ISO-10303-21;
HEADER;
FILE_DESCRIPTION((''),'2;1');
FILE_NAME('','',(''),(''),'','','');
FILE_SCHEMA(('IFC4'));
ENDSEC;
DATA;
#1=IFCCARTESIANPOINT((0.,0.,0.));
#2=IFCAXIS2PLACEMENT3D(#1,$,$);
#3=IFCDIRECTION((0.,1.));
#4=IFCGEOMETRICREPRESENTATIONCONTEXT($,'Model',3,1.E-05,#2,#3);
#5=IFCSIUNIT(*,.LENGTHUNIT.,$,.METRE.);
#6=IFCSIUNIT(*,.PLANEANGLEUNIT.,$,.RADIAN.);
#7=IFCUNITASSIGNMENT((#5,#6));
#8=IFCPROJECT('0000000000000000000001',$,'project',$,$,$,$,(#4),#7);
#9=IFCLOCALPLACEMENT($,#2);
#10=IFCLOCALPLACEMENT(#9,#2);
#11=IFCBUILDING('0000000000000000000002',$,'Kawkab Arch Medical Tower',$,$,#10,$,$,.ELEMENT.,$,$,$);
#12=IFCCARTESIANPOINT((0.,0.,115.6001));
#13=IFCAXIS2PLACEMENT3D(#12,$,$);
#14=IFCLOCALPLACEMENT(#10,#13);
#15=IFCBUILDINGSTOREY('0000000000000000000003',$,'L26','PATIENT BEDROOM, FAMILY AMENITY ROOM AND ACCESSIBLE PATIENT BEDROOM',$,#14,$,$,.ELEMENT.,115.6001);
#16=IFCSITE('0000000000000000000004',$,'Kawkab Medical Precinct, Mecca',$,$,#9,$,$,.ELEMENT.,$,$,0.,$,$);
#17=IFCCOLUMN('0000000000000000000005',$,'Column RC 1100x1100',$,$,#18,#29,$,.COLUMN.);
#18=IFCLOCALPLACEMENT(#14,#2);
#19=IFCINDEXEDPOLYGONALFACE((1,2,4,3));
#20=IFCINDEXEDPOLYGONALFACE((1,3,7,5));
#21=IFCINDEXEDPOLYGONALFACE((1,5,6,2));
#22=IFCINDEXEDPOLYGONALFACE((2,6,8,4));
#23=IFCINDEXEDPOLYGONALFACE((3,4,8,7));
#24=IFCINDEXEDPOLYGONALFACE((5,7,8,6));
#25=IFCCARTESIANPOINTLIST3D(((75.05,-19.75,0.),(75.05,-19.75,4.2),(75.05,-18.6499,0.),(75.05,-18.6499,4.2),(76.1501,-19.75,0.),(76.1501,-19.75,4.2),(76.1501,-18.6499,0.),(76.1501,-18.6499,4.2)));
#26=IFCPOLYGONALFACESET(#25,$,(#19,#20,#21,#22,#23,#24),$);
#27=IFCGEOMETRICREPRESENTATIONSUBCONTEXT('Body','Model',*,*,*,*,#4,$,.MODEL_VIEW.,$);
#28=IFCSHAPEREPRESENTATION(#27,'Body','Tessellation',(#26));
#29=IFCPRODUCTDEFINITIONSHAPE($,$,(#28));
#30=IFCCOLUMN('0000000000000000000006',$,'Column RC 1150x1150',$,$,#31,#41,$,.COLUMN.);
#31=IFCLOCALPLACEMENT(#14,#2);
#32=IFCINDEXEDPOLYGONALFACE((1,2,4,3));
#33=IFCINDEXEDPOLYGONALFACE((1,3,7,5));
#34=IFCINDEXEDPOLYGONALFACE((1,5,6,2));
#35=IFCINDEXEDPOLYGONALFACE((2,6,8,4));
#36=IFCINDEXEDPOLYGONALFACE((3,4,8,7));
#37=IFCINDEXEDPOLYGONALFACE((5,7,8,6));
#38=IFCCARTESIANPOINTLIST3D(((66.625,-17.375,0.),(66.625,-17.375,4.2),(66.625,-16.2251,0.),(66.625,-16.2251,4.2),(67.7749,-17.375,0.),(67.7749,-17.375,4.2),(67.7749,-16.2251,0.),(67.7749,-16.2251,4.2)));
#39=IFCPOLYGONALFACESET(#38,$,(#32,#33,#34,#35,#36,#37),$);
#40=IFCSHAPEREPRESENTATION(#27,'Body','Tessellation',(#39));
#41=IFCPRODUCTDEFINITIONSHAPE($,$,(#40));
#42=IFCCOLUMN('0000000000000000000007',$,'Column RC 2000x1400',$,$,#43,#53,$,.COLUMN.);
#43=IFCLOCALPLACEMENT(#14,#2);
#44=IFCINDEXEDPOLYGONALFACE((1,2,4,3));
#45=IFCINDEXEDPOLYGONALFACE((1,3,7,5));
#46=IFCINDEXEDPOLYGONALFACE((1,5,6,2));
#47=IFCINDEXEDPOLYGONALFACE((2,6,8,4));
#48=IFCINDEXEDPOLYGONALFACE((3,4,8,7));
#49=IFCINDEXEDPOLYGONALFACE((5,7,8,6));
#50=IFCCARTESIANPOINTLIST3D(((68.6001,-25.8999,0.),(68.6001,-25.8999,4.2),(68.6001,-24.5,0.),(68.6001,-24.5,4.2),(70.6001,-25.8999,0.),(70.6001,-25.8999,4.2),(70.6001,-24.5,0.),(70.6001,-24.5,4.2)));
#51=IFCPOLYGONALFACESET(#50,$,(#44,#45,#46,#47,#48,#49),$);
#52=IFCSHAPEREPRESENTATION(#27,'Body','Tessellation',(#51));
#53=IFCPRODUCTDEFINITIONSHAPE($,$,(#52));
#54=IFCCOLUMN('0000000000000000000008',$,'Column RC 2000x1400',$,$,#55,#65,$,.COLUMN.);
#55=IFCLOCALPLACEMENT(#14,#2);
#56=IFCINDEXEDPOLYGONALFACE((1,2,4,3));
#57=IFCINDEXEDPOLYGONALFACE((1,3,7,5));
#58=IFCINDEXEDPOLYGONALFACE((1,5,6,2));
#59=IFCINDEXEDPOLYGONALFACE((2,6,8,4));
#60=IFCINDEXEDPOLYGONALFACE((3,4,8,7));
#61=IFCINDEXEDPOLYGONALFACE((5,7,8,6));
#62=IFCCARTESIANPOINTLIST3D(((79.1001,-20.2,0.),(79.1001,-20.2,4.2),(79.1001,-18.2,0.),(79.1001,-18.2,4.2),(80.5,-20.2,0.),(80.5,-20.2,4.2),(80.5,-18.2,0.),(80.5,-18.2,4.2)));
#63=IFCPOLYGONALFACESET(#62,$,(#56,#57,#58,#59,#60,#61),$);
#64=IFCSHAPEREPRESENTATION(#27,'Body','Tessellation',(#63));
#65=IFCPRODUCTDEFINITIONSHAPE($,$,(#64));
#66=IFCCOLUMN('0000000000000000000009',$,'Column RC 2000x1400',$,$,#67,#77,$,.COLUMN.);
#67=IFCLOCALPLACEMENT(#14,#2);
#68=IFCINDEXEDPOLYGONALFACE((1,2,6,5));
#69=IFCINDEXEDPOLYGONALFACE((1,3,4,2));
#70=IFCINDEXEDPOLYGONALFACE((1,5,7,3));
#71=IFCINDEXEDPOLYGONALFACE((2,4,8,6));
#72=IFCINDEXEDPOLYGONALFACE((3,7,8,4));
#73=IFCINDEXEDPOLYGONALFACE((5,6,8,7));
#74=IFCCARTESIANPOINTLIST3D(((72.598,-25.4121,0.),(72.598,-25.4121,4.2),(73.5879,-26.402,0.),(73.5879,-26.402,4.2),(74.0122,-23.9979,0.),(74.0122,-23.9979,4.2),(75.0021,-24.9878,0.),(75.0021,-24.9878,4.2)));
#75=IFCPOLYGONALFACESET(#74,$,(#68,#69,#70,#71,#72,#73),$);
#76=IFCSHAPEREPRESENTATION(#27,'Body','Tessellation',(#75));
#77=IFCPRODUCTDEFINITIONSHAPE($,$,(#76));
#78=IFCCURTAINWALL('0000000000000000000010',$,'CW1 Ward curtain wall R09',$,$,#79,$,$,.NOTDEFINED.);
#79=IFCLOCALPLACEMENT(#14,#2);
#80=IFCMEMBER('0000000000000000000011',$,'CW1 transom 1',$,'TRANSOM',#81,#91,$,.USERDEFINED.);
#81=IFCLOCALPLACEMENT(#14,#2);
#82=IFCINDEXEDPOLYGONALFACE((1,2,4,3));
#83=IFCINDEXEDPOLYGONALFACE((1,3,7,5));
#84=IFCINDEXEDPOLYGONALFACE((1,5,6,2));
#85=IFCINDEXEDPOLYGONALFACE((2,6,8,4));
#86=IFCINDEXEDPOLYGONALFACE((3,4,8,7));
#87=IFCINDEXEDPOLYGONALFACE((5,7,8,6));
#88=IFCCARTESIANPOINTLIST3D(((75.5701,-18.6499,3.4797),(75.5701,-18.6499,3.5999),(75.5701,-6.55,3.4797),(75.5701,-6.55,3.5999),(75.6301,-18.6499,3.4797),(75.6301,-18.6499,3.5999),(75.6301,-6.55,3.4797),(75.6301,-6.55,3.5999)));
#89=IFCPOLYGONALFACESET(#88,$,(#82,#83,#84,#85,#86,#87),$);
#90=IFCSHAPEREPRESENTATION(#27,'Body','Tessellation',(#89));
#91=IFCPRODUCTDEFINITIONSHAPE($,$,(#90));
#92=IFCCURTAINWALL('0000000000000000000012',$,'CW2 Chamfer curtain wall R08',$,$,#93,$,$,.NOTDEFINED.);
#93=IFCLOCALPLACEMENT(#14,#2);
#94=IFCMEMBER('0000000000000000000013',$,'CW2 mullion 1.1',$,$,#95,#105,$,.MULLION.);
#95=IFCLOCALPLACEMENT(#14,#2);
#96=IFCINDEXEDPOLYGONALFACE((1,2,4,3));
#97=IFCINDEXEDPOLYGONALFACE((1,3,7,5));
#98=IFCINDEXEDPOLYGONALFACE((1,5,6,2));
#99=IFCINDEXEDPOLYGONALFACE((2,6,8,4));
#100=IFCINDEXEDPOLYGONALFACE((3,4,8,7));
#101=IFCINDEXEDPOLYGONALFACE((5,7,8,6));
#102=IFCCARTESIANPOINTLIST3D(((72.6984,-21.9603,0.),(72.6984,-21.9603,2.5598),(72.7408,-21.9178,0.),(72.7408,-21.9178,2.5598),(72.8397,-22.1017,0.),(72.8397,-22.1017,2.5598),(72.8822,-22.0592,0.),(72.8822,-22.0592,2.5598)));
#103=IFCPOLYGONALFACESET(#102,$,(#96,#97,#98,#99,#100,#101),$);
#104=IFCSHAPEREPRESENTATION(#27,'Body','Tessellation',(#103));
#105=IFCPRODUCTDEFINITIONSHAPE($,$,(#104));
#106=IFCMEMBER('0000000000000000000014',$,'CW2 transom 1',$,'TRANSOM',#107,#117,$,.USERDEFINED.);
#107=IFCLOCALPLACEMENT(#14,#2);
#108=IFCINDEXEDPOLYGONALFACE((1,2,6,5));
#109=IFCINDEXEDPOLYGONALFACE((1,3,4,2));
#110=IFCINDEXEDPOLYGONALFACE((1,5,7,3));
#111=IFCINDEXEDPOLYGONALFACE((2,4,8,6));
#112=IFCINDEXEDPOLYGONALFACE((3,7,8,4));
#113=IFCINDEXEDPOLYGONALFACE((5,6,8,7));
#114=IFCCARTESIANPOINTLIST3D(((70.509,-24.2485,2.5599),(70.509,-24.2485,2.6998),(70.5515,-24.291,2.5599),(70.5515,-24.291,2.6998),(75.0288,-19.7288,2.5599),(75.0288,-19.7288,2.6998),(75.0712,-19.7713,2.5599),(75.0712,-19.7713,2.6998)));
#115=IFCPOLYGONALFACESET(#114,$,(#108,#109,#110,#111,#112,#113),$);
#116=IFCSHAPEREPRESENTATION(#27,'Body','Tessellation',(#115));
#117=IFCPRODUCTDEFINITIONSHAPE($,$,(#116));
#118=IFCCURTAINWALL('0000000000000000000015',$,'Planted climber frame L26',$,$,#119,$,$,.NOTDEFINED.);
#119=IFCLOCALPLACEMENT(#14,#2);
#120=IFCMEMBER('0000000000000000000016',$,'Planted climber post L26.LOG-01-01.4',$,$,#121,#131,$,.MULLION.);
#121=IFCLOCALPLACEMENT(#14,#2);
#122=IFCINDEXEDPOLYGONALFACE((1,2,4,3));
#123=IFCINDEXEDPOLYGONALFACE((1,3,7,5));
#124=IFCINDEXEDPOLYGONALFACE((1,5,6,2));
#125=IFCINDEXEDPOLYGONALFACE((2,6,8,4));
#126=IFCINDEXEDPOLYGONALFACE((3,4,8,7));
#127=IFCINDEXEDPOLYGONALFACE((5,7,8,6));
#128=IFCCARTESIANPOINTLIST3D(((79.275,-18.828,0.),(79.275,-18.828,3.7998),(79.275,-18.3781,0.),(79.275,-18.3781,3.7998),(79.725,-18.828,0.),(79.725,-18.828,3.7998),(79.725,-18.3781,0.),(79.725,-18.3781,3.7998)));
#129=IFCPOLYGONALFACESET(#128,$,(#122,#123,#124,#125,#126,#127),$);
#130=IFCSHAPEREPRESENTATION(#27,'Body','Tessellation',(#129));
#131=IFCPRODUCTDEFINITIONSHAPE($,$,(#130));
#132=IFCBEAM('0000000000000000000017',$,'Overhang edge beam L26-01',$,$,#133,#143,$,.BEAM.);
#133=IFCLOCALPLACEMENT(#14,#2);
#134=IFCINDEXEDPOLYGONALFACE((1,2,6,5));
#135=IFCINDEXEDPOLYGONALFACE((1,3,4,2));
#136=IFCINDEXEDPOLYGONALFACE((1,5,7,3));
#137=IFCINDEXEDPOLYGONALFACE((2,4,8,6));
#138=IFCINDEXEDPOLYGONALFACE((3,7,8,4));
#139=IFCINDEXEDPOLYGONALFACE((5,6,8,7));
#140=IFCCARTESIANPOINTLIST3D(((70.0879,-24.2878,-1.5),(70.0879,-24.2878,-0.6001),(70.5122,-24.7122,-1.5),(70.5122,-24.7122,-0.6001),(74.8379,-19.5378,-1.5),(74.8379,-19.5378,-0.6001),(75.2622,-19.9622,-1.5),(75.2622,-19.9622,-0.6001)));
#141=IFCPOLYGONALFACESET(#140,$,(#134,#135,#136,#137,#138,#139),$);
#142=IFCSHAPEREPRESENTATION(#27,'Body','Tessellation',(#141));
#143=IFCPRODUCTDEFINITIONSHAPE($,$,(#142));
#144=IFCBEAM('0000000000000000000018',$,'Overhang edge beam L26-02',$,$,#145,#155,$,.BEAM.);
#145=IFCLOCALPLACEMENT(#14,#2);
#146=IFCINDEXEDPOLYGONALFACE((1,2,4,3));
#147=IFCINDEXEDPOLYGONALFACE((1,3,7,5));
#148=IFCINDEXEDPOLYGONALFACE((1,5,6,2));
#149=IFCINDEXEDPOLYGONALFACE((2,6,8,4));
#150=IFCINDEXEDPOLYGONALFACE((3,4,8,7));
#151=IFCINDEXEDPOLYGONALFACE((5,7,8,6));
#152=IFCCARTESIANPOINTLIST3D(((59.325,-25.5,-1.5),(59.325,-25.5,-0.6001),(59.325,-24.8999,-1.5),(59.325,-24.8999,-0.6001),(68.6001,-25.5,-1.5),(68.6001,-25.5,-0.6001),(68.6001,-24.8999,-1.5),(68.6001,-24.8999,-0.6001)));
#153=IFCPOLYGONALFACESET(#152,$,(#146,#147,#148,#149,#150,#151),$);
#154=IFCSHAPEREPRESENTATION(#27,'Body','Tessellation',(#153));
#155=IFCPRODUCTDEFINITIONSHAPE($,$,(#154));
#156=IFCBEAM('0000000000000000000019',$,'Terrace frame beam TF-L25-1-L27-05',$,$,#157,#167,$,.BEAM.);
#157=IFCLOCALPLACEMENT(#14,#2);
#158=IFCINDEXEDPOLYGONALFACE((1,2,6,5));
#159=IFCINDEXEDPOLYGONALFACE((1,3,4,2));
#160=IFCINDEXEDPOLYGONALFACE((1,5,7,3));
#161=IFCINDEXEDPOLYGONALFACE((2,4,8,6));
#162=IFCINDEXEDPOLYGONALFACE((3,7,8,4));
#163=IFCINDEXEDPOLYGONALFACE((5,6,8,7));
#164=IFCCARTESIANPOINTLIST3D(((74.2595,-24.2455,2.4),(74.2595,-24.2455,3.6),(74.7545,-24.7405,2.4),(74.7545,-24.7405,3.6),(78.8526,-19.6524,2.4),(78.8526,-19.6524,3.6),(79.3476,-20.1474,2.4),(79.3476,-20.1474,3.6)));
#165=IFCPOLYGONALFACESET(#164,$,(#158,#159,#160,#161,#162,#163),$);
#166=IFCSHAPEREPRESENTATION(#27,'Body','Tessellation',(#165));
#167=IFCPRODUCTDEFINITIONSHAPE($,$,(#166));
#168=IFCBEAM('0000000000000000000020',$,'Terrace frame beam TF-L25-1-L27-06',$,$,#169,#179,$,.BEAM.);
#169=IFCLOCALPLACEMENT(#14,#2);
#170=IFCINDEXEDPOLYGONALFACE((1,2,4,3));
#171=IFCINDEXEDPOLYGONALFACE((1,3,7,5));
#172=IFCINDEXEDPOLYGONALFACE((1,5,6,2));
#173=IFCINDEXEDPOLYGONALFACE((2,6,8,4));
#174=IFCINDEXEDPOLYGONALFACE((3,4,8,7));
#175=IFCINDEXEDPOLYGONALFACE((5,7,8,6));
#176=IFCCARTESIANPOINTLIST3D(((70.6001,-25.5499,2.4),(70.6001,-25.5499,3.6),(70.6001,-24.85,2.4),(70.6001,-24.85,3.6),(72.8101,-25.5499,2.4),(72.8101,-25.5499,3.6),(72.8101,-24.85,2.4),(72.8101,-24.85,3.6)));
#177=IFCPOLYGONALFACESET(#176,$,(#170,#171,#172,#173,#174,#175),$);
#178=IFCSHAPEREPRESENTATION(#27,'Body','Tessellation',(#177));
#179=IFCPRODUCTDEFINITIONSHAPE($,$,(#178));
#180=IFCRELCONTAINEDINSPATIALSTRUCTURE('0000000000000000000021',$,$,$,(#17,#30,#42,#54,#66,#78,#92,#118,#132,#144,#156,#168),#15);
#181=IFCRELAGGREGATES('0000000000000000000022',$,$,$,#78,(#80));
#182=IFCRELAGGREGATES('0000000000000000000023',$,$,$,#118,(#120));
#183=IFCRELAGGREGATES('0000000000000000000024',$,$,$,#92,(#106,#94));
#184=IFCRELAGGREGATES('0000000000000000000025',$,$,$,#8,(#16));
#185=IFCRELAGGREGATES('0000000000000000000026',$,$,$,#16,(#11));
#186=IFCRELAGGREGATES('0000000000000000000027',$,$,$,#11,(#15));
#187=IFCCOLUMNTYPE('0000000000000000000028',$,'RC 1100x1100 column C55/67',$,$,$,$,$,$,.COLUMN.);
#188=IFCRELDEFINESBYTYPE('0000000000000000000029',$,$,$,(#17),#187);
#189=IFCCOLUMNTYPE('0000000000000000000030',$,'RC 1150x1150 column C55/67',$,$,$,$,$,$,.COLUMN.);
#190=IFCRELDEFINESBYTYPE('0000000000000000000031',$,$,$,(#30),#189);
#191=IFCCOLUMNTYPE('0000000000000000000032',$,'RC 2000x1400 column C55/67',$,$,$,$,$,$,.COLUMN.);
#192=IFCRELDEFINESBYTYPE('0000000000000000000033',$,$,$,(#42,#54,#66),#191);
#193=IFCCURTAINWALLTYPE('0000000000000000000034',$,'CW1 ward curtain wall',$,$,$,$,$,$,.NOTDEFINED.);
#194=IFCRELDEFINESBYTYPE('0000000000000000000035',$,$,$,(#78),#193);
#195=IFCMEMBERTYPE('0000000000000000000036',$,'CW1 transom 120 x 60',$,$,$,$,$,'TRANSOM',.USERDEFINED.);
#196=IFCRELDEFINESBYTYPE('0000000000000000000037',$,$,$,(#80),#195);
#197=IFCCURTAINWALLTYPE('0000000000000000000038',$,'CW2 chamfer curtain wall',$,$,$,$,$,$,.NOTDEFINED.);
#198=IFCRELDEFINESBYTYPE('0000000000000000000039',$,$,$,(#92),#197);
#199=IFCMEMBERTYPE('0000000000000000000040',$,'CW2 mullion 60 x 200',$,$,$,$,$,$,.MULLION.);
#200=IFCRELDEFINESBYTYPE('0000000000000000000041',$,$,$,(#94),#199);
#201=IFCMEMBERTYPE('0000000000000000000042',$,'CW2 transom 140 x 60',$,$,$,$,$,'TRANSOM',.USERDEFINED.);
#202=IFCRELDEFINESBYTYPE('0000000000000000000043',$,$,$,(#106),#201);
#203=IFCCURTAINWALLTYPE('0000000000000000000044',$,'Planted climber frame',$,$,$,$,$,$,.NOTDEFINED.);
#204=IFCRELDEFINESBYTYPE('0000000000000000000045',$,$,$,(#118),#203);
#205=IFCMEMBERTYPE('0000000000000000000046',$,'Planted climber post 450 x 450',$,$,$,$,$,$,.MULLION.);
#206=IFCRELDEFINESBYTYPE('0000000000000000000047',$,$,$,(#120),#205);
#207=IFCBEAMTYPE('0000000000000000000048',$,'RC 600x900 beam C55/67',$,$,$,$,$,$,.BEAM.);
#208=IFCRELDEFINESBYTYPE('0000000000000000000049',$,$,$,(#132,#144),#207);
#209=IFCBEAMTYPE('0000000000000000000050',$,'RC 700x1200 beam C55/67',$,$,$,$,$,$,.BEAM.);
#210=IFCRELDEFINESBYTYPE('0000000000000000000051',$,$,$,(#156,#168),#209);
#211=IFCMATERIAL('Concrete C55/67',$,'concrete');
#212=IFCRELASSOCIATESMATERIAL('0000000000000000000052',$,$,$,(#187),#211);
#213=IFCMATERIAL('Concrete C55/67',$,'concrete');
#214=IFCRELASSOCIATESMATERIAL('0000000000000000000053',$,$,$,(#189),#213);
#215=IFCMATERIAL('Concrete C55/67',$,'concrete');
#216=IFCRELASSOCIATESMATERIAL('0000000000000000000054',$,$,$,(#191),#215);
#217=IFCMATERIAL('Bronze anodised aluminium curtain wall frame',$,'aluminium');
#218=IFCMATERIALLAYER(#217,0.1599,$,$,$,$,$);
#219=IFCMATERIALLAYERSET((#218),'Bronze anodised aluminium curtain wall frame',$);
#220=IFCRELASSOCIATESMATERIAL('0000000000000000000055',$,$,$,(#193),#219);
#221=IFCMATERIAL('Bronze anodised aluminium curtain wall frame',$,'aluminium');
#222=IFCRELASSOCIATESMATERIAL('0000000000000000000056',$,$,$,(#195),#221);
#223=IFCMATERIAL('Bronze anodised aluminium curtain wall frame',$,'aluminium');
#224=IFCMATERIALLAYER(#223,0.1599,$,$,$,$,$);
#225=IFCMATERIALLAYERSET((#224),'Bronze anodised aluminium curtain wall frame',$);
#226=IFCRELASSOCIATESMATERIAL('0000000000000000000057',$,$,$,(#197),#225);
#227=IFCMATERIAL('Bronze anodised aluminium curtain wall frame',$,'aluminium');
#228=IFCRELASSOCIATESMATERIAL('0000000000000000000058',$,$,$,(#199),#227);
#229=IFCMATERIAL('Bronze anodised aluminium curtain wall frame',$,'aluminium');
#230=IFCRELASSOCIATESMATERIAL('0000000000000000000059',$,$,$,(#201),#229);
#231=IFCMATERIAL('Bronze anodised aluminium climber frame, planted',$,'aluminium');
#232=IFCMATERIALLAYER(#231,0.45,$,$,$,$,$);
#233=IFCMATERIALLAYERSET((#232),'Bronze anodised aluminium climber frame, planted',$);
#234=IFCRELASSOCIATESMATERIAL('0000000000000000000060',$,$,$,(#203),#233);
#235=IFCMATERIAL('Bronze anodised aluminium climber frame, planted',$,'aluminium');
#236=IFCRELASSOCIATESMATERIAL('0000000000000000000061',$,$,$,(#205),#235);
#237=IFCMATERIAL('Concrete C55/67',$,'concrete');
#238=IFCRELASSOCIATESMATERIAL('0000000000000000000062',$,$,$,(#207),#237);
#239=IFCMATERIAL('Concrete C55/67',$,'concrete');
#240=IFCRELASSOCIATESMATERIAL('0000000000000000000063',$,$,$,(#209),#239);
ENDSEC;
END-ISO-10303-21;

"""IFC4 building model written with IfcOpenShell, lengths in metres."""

from ifc_helpers import new_model, si_unit, direction, frame, origin, origin_2d, place, context, subcontext, project, spatial, rectangle, extrude, material, layer, layer_set, material_profile, profile_set, type_object, element, aggregate, save


model = new_model("IFC4")

# Units and contexts
model_context = context("Model", 3, precision=1e-05, world=origin(), true_north=direction((0.0, 1.0)))
body_context = subcontext(model_context, "Body", "Model", "MODEL_VIEW")
ifc_project = project(units=[si_unit("LENGTHUNIT", "METRE"), si_unit("PLANEANGLEUNIT", "RADIAN")], contexts=[model_context])

# Site, building, storey
site_placement = place(None, origin())
site = spatial("IfcSite", under=ifc_project, at=site_placement, Name="Kawkab Medical Precinct, Mecca", CompositionType="ELEMENT", RefElevation=0.0)
building_placement = place(site_placement, origin())
building = spatial("IfcBuilding", under=site, at=building_placement, Name="Kawkab Arch Medical Tower", CompositionType="ELEMENT")
storey_placement = place(building_placement, frame((0.0, 0.0, 115.6001)))
storey = spatial("IfcBuildingStorey", under=building, at=storey_placement, Name="L26", Description="PATIENT BEDROOM, FAMILY AMENITY ROOM AND ACCESSIBLE PATIENT BEDROOM", CompositionType="ELEMENT", Elevation=115.6001)

# Columns
ifc_material_1 = material(Name="Concrete C55/67", Category="concrete")
ifc_material_profile_1 = material_profile(ifc_material_1, rectangle(XDim=1.1001, YDim=1.1001, at=origin_2d()), Name="RC 1100x1100")
ifc_profile_set_1 = profile_set([ifc_material_profile_1], Name="Concrete C55/67")
column_type_1 = type_object("IfcColumnType", Name="RC 1100x1100 column C55/67", PredefinedType="COLUMN", material=ifc_profile_set_1)
column_1_placement = place(storey_placement, frame((75.6001, -19.2, 0.0), z_axis=(0.0, 0.0, 1.0), x_axis=(1.0, 0.0, 0.0)))
element("IfcColumn", 1, at=column_1_placement, inside=storey, type_object=column_type_1, Name="Column RC 1100x1100", PredefinedType="COLUMN", context=body_context, shape_type="SweptSolid", body=[
    extrude(rectangle(XDim=1.1001, YDim=1.1001, at=origin_2d()), origin(), (0.0, 0.0, 1.0), 4.2),
])
ifc_material_2 = material(Name="Concrete C55/67", Category="concrete")
ifc_material_profile_2 = material_profile(ifc_material_2, rectangle(XDim=1.1499, YDim=1.1499, at=origin_2d()), Name="RC 1150x1150")
ifc_profile_set_2 = profile_set([ifc_material_profile_2], Name="Concrete C55/67")
column_type_2 = type_object("IfcColumnType", Name="RC 1150x1150 column C55/67", PredefinedType="COLUMN", material=ifc_profile_set_2)
column_2_placement = place(storey_placement, frame((67.2, -16.8, 0.0), z_axis=(0.0, 0.0, 1.0), x_axis=(1.0, 0.0, 0.0)))
element("IfcColumn", 2, at=column_2_placement, inside=storey, type_object=column_type_2, Name="Column RC 1150x1150", PredefinedType="COLUMN", context=body_context, shape_type="SweptSolid", body=[
    extrude(rectangle(XDim=1.1499, YDim=1.1499, at=origin_2d()), origin(), (0.0, 0.0, 1.0), 4.2),
])
ifc_material_3 = material(Name="Concrete C55/67", Category="concrete")
ifc_material_profile_3 = material_profile(ifc_material_3, rectangle(XDim=2.0, YDim=1.3999, at=origin_2d()), Name="RC 2000x1400")
ifc_profile_set_3 = profile_set([ifc_material_profile_3], Name="Concrete C55/67")
column_type_3 = type_object("IfcColumnType", Name="RC 2000x1400 column C55/67", PredefinedType="COLUMN", material=ifc_profile_set_3)
for number, where, z_axis, x_axis, name in (
    (3, (69.6001, -25.2, 0.0), (0.0, 0.0, 1.0), (-1.0, 0.0, 0.0), "Column RC 2000x1400"),
    (4, (79.8, -19.2, 0.0), (0.0, 0.0, 1.0), (0.0, -1.0, 0.0), "Column RC 2000x1400"),
    (5, (73.8, -25.2, 0.0), (0.0, 0.0, 1.0), (-0.707107, -0.707107, 0.0), "Column RC 2000x1400"),
):
    element("IfcColumn", number, at=place(storey_placement, frame(where, z_axis=z_axis, x_axis=x_axis)), inside=storey, type_object=column_type_3, Name=name, PredefinedType="COLUMN", context=body_context, shape_type="SweptSolid", body=[
        extrude(rectangle(XDim=2.0, YDim=1.3999, at=origin_2d()), origin(), (0.0, 0.0, 1.0), 4.2),
    ])

# Curtain wall, member
ifc_material_4 = material(Name="Bronze anodised aluminium curtain wall frame", Category="aluminium")
ifc_layer_1 = layer(ifc_material_4, 0.1599)
ifc_layer_set_1 = layer_set([ifc_layer_1], Name="Bronze anodised aluminium curtain wall frame")
curtain_wall_type_1 = type_object("IfcCurtainWallType", Name="CW1 ward curtain wall", PredefinedType="NOTDEFINED", material=ifc_layer_set_1)
placement = place(storey_placement, origin())
curtain_wall_1 = element("IfcCurtainWall", 6, at=placement, inside=storey, type_object=curtain_wall_type_1, Name="CW1 Ward curtain wall R09", PredefinedType="NOTDEFINED")
ifc_material_5 = material(Name="Bronze anodised aluminium curtain wall frame", Category="aluminium")
ifc_material_profile_4 = material_profile(ifc_material_5, rectangle(XDim=0.0601, YDim=0.1201, at=origin_2d()), Name="AL 60x120")
ifc_profile_set_4 = profile_set([ifc_material_profile_4], Name="Bronze anodised aluminium curtain wall frame")
member_type_1 = type_object("IfcMemberType", Name="CW1 transom 120 x 60", ElementType="TRANSOM", PredefinedType="USERDEFINED", material=ifc_profile_set_4)
member_1_placement = place(storey_placement, frame((75.6001, -18.6499, 3.5398), z_axis=(0.0, 1.0, 0.0), x_axis=(-1.0, 0.0, 0.0)))
member_1 = element("IfcMember", 7, at=member_1_placement, type_object=member_type_1, Name="CW1 transom 1", ObjectType="TRANSOM", PredefinedType="USERDEFINED", context=body_context, shape_type="SweptSolid", body=[
    extrude(rectangle(XDim=0.0601, YDim=0.1201, at=origin_2d()), origin(), (0.0, 0.0, 1.0), 12.0999),
])
aggregate(curtain_wall_1, [member_1])

# Curtain wall, members
ifc_material_6 = material(Name="Bronze anodised aluminium curtain wall frame", Category="aluminium")
ifc_layer_2 = layer(ifc_material_6, 0.1599)
ifc_layer_set_2 = layer_set([ifc_layer_2], Name="Bronze anodised aluminium curtain wall frame")
curtain_wall_type_2 = type_object("IfcCurtainWallType", Name="CW2 chamfer curtain wall", PredefinedType="NOTDEFINED", material=ifc_layer_set_2)
curtain_wall_2 = element("IfcCurtainWall", 8, at=placement, inside=storey, type_object=curtain_wall_type_2, Name="CW2 Chamfer curtain wall R08", PredefinedType="NOTDEFINED")
ifc_material_7 = material(Name="Bronze anodised aluminium curtain wall frame", Category="aluminium")
ifc_material_profile_5 = material_profile(ifc_material_7, rectangle(XDim=0.2, YDim=0.0601, at=origin_2d()), Name="AL 60x200")
ifc_profile_set_5 = profile_set([ifc_material_profile_5], Name="Bronze anodised aluminium curtain wall frame")
member_type_2 = type_object("IfcMemberType", Name="CW2 mullion 60 x 200", PredefinedType="MULLION", material=ifc_profile_set_5)
member_2_placement = place(storey_placement, frame((72.7903, -22.0098, 0.0), z_axis=(0.0, 0.0, 1.0), x_axis=(-0.707107, 0.707107, 0.0)))
member_2 = element("IfcMember", 9, at=member_2_placement, type_object=member_type_2, Name="CW2 mullion 1.1", PredefinedType="MULLION", context=body_context, shape_type="SweptSolid", body=[
    extrude(rectangle(XDim=0.2, YDim=0.0601, at=origin_2d()), origin(), (0.0, 0.0, 1.0), 2.5598),
])
ifc_material_8 = material(Name="Bronze anodised aluminium curtain wall frame", Category="aluminium")
ifc_material_profile_6 = material_profile(ifc_material_8, rectangle(XDim=0.0601, YDim=0.1399, at=origin_2d()), Name="AL 60x140")
ifc_profile_set_6 = profile_set([ifc_material_profile_6], Name="Bronze anodised aluminium curtain wall frame")
member_type_3 = type_object("IfcMemberType", Name="CW2 transom 140 x 60", ElementType="TRANSOM", PredefinedType="USERDEFINED", material=ifc_profile_set_6)
member_3_placement = place(storey_placement, frame((70.5303, -24.2698, 2.6299), z_axis=(0.707107, 0.707107, 0.0), x_axis=(-0.707107, 0.707107, 0.0)))
member_3 = element("IfcMember", 10, at=member_3_placement, type_object=member_type_3, Name="CW2 transom 1", ObjectType="TRANSOM", PredefinedType="USERDEFINED", context=body_context, shape_type="SweptSolid", body=[
    extrude(rectangle(XDim=0.0601, YDim=0.1399, at=origin_2d()), origin(), (0.0, 0.0, 1.0), 6.3918),
])

# Curtain wall, member
ifc_material_9 = material(Name="Bronze anodised aluminium climber frame, planted", Category="aluminium")
ifc_layer_3 = layer(ifc_material_9, 0.45)
ifc_layer_set_3 = layer_set([ifc_layer_3], Name="Bronze anodised aluminium climber frame, planted")
curtain_wall_type_3 = type_object("IfcCurtainWallType", Name="Planted climber frame", PredefinedType="NOTDEFINED", material=ifc_layer_set_3)
curtain_wall_3 = element("IfcCurtainWall", 11, at=placement, inside=storey, type_object=curtain_wall_type_3, Name="Planted climber frame L26", PredefinedType="NOTDEFINED")
ifc_material_10 = material(Name="Bronze anodised aluminium climber frame, planted", Category="aluminium")
ifc_material_profile_7 = material_profile(ifc_material_10, rectangle(XDim=0.45, YDim=0.45, at=origin_2d()), Name="Post 450x450")
ifc_profile_set_7 = profile_set([ifc_material_profile_7], Name="Bronze anodised aluminium climber frame, planted")
member_type_4 = type_object("IfcMemberType", Name="Planted climber post 450 x 450", PredefinedType="MULLION", material=ifc_profile_set_7)
member_4_placement = place(storey_placement, frame((79.5, -18.603, 0.0), z_axis=(0.0, 0.0, 1.0), x_axis=(1.0, 0.0, 0.0)))
member_4 = element("IfcMember", 12, at=member_4_placement, type_object=member_type_4, Name="Planted climber post L26.LOG-01-01.4", PredefinedType="MULLION", context=body_context, shape_type="SweptSolid", body=[
    extrude(rectangle(XDim=0.45, YDim=0.45, at=origin_2d()), origin(), (0.0, 0.0, 1.0), 3.7998),
])
aggregate(curtain_wall_3, [member_4])

# Beams
ifc_material_11 = material(Name="Concrete C55/67", Category="concrete")
ifc_material_profile_8 = material_profile(ifc_material_11, rectangle(XDim=0.6001, YDim=0.8999, at=origin_2d()), Name="RC 600x900")
ifc_profile_set_8 = profile_set([ifc_material_profile_8], Name="Concrete C55/67")
beam_type_1 = type_object("IfcBeamType", Name="RC 600x900 beam C55/67", PredefinedType="BEAM", material=ifc_profile_set_8)
beam_1_placement = place(storey_placement, frame((75.05, -19.75, -1.05), z_axis=(-0.707107, -0.707107, 0.0), x_axis=(0.707107, -0.707107, 0.0)))
element("IfcBeam", 13, at=beam_1_placement, inside=storey, type_object=beam_type_1, Name="Overhang edge beam L26-01", PredefinedType="BEAM", context=body_context, shape_type="SweptSolid", body=[
    extrude(rectangle(XDim=0.6001, YDim=0.8999, at=origin_2d()), origin(), (0.0, 0.0, 1.0), 6.7175),
])
beam_2_placement = place(storey_placement, frame((68.6001, -25.2, -1.05), z_axis=(-1.0, 0.0, 0.0), x_axis=(0.0, -1.0, 0.0)))
element("IfcBeam", 14, at=beam_2_placement, inside=storey, type_object=beam_type_1, Name="Overhang edge beam L26-02", PredefinedType="BEAM", context=body_context, shape_type="SweptSolid", body=[
    extrude(rectangle(XDim=0.6001, YDim=0.8999, at=origin_2d()), origin(), (0.0, 0.0, 1.0), 9.2751),
])
ifc_material_12 = material(Name="Concrete C55/67", Category="concrete")
ifc_material_profile_9 = material_profile(ifc_material_12, rectangle(XDim=0.7, YDim=1.2, at=origin_2d()), Name="RC 700x1200")
ifc_profile_set_9 = profile_set([ifc_material_profile_9], Name="Concrete C55/67")
beam_type_2 = type_object("IfcBeamType", Name="RC 700x1200 beam C55/67", PredefinedType="BEAM", material=ifc_profile_set_9)
beam_3_placement = place(storey_placement, frame((79.1001, -19.8999, 3.0), z_axis=(-0.707107, -0.707107, 0.0), x_axis=(0.707107, -0.707107, 0.0)))
element("IfcBeam", 15, at=beam_3_placement, inside=storey, type_object=beam_type_2, Name="Terrace frame beam TF-L25-1-L27-05", PredefinedType="BEAM", context=body_context, shape_type="SweptSolid", body=[
    extrude(rectangle(XDim=0.7, YDim=1.2, at=origin_2d()), origin(), (0.0, 0.0, 1.0), 6.4956),
])
beam_4_placement = place(storey_placement, frame((72.8101, -25.2, 3.0), z_axis=(-1.0, 0.0, 0.0), x_axis=(0.0, -1.0, 0.0)))
element("IfcBeam", 16, at=beam_4_placement, inside=storey, type_object=beam_type_2, Name="Terrace frame beam TF-L25-1-L27-06", PredefinedType="BEAM", context=body_context, shape_type="SweptSolid", body=[
    extrude(rectangle(XDim=0.7, YDim=1.2, at=origin_2d()), origin(), (0.0, 0.0, 1.0), 2.21),
])

aggregate(curtain_wall_2, [member_3, member_2])

save(model, "model.ifc")
